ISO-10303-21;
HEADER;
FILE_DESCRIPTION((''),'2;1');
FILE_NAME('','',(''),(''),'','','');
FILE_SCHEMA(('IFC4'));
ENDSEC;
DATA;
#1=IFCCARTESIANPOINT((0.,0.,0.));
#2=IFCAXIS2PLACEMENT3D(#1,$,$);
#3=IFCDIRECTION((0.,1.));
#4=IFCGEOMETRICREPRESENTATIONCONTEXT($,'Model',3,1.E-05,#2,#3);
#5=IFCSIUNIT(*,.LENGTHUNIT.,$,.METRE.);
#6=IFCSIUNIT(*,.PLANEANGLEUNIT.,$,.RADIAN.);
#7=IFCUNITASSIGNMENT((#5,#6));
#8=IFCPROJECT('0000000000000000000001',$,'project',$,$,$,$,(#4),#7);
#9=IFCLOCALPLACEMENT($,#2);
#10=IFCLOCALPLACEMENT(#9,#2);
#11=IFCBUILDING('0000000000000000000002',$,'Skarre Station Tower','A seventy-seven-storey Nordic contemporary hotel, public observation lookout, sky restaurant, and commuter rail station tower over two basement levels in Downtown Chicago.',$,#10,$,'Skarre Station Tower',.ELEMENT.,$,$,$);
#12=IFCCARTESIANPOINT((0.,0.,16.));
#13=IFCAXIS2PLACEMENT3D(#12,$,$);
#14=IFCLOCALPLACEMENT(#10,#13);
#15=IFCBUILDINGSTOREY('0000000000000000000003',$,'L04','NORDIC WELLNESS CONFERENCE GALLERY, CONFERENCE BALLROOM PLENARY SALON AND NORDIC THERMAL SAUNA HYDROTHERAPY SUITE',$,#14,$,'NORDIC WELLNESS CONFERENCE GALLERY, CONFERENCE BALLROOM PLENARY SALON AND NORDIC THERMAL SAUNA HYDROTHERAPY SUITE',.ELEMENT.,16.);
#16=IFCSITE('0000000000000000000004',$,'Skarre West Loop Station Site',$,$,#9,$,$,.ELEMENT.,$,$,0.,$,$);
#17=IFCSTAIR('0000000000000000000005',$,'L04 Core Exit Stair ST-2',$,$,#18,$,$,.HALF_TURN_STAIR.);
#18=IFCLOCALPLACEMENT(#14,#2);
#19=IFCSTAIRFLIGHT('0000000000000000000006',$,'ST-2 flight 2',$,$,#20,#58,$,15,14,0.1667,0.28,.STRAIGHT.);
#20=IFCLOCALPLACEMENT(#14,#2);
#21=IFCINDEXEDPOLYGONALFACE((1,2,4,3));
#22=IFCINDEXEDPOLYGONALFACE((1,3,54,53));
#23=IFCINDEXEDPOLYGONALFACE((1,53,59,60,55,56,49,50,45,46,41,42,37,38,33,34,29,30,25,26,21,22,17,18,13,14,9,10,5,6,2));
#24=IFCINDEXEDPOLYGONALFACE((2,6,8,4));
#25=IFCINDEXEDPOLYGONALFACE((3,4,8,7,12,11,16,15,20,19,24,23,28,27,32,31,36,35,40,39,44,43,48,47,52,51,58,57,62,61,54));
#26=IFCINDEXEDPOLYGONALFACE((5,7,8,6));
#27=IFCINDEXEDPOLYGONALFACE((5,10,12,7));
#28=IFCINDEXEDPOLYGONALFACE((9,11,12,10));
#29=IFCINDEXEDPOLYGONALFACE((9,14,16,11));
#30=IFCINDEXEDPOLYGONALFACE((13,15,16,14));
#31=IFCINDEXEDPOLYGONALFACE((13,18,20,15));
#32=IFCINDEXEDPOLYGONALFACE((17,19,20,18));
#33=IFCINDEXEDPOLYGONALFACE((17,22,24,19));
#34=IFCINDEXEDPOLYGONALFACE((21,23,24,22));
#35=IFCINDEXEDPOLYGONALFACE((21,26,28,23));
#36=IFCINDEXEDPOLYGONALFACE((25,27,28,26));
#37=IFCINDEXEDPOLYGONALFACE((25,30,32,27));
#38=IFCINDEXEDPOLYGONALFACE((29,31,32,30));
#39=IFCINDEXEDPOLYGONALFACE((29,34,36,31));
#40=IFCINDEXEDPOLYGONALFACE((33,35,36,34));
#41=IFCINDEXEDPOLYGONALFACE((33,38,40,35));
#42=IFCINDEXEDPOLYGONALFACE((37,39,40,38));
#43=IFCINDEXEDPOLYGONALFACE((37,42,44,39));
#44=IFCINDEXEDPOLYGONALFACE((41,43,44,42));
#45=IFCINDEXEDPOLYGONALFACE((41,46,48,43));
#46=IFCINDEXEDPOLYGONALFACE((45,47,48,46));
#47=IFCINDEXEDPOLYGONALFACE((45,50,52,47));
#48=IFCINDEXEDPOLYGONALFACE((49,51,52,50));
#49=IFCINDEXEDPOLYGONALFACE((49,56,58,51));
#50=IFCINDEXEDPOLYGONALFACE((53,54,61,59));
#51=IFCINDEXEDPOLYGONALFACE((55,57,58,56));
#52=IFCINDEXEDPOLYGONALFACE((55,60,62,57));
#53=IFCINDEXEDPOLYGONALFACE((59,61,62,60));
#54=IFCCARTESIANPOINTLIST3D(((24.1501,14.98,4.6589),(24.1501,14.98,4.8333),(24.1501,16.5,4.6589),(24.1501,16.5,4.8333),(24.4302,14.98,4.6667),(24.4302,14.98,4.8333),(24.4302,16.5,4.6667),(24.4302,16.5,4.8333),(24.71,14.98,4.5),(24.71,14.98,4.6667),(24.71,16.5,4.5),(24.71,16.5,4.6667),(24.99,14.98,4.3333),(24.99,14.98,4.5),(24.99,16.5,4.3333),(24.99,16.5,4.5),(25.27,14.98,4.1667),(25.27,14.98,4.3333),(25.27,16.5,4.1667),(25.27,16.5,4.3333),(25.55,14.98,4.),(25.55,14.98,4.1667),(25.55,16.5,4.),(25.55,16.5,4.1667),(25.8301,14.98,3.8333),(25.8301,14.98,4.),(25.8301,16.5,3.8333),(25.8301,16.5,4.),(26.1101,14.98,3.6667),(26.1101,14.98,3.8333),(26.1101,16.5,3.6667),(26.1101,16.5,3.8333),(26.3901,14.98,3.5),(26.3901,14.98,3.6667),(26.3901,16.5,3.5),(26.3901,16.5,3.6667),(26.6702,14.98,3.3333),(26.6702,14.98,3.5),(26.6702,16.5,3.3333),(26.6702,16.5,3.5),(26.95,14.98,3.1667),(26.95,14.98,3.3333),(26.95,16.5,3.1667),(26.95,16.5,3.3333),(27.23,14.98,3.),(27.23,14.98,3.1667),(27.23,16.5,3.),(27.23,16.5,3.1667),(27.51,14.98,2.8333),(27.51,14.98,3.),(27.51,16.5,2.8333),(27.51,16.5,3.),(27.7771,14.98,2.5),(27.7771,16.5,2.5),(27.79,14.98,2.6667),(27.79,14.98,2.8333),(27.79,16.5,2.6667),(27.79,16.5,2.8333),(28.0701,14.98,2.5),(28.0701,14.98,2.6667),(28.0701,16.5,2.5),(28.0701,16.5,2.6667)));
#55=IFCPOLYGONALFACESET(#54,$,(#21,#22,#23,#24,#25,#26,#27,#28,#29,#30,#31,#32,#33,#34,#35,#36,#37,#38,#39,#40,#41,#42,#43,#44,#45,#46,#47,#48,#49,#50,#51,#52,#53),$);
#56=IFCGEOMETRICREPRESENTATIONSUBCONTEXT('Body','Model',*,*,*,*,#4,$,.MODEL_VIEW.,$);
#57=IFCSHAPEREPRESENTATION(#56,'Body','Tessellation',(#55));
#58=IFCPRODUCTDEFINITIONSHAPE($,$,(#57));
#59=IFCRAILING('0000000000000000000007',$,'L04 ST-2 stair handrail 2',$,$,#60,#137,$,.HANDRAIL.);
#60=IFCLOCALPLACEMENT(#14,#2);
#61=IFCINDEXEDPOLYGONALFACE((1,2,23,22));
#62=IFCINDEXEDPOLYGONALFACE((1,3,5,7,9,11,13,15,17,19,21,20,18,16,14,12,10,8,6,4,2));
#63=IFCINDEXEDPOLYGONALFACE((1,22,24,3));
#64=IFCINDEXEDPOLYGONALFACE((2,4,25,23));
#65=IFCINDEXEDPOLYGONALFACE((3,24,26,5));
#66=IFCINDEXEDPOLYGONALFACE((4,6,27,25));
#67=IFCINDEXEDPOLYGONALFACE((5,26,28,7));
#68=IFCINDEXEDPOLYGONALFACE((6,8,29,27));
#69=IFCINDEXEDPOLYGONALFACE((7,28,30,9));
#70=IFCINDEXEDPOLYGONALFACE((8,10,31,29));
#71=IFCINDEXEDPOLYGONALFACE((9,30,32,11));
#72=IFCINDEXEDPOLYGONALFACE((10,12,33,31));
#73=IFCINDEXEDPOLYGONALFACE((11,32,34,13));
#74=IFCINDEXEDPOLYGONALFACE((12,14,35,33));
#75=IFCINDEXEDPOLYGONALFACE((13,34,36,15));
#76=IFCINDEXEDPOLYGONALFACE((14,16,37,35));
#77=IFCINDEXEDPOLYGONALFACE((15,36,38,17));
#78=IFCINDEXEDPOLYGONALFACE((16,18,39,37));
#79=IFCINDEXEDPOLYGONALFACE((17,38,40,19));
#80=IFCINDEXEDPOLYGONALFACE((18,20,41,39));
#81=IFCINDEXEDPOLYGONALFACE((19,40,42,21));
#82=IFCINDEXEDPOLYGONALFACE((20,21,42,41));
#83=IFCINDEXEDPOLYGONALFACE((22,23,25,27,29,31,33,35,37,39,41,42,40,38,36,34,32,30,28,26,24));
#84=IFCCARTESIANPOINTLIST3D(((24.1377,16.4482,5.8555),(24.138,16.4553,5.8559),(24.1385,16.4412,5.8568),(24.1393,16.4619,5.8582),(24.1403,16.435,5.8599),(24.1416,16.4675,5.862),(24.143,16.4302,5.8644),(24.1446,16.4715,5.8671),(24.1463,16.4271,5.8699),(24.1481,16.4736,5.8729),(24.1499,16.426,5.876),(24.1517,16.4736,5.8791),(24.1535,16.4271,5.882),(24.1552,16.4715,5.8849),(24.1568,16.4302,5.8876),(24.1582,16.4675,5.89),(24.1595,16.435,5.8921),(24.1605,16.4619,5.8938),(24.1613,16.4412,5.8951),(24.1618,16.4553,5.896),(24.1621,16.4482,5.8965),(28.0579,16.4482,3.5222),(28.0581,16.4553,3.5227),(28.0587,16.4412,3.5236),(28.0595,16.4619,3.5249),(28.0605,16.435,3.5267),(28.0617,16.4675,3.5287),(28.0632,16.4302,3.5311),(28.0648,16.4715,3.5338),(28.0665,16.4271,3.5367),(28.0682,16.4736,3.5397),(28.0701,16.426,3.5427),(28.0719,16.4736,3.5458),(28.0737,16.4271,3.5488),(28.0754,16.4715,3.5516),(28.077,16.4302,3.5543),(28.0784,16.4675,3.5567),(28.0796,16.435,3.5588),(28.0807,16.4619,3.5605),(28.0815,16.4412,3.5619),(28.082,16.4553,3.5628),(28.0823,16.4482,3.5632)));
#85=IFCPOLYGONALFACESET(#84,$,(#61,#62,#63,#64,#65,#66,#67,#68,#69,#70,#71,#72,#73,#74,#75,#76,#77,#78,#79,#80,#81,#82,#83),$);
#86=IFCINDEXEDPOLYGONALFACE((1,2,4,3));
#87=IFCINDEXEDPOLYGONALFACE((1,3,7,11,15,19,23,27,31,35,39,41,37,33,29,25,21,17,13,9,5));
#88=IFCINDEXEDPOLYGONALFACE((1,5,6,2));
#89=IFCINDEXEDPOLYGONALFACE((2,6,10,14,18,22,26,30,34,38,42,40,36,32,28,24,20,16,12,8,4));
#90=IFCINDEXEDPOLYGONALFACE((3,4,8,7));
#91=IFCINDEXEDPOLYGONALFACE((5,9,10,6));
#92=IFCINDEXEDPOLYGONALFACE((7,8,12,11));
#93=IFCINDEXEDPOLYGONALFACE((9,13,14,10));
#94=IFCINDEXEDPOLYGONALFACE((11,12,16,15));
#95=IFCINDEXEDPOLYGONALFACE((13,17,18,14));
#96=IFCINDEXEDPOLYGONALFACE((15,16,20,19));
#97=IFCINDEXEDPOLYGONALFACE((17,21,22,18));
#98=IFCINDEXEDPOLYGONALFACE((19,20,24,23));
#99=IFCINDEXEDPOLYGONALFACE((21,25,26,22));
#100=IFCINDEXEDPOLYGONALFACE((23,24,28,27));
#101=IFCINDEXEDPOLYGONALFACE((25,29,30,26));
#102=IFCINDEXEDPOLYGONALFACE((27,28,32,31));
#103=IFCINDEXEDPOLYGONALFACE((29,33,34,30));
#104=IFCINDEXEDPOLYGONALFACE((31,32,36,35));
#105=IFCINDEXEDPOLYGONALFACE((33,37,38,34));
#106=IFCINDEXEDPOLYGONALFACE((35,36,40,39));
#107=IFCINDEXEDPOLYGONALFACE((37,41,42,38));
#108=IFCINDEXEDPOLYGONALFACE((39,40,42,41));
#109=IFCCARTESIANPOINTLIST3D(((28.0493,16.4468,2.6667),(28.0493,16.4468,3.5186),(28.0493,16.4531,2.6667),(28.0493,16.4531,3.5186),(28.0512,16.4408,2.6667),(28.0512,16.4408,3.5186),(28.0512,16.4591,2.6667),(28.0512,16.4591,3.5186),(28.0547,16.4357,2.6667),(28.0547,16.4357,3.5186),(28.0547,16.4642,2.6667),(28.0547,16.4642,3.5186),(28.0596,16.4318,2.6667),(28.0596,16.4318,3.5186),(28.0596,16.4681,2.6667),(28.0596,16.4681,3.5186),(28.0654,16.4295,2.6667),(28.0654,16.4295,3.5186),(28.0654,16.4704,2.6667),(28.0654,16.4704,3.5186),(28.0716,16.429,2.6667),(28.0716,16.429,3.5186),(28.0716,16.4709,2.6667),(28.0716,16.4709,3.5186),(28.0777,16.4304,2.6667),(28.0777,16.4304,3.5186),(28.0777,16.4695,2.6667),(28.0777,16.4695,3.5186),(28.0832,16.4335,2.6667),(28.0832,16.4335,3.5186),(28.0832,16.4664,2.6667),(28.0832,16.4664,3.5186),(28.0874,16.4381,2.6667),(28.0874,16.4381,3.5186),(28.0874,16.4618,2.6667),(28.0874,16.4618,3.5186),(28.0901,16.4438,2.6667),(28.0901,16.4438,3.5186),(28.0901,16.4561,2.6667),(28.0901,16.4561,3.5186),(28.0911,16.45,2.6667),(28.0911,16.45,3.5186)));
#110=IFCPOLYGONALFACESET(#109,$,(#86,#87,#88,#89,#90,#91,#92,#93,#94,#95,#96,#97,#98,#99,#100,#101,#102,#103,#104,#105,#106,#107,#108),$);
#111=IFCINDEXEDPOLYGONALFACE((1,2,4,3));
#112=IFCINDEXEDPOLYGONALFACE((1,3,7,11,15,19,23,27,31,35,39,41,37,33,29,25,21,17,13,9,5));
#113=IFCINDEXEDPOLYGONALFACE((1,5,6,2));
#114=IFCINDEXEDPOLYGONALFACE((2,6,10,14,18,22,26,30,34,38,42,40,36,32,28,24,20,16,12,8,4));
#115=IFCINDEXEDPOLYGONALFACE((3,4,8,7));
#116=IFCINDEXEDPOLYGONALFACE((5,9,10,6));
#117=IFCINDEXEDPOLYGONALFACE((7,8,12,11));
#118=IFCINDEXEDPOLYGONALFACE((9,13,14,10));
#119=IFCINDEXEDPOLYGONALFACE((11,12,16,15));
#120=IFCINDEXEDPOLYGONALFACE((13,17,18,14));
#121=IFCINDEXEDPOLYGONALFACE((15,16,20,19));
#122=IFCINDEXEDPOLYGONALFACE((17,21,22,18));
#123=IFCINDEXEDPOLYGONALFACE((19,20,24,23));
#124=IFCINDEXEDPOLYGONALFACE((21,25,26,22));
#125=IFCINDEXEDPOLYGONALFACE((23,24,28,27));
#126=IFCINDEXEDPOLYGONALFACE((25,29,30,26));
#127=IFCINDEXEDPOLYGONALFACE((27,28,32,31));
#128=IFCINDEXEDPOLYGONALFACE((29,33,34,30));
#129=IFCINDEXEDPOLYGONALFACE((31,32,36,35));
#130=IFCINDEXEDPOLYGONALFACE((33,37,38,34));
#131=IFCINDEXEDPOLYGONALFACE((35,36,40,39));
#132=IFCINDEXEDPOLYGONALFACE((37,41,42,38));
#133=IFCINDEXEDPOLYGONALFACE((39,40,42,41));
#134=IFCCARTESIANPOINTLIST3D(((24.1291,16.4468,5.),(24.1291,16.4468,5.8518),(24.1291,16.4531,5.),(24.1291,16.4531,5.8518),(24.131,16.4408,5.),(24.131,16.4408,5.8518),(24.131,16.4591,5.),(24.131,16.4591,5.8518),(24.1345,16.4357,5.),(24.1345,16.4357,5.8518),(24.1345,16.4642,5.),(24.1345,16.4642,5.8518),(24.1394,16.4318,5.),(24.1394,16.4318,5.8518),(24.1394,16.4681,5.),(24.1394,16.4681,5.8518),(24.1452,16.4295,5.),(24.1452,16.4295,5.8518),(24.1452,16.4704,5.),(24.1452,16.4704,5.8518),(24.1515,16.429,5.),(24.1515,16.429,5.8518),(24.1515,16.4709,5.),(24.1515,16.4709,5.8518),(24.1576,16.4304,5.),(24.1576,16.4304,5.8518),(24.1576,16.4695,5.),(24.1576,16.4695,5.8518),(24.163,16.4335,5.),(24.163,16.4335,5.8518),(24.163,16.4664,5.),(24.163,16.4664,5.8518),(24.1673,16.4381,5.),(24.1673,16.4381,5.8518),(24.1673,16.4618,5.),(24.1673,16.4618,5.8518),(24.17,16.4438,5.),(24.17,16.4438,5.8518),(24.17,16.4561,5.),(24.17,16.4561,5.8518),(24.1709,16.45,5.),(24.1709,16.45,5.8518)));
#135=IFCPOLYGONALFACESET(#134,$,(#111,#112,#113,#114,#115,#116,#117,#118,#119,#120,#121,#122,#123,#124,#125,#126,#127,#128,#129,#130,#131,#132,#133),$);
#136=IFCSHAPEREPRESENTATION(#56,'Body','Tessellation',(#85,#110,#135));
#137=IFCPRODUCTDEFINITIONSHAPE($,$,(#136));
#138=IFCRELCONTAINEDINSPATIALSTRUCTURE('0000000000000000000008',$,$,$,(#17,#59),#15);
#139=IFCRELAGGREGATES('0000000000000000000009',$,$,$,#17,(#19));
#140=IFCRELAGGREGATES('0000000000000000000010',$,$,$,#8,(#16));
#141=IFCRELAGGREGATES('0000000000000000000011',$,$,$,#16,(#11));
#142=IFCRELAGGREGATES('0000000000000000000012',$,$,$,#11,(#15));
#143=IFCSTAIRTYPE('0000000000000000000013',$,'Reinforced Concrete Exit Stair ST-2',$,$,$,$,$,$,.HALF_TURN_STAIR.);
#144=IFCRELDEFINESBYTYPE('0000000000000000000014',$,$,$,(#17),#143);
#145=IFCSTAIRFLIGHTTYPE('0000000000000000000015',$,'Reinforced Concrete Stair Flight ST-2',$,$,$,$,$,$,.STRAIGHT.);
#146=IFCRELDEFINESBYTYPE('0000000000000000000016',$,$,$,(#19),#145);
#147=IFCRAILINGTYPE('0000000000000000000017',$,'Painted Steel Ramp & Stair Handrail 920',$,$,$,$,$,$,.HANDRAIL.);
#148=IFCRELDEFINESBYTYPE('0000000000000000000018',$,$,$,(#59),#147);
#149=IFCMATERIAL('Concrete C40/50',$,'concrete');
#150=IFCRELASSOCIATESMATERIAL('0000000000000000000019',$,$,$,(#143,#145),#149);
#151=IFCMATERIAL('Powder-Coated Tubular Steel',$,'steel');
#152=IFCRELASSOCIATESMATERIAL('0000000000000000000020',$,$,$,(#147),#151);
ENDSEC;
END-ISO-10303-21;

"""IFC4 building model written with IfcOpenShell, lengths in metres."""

from ifc_helpers import new_model, si_unit, direction, frame, origin, origin_2d, place, context, subcontext, project, spatial, polyline, circle, outline, extrude, material, type_object, element, aggregate, save


model = new_model("IFC4")

# Units and contexts
model_context = context("Model", 3, precision=1e-05, world=origin(), true_north=direction((0.0, 1.0)))
body_context = subcontext(model_context, "Body", "Model", "MODEL_VIEW")
ifc_project = project(units=[si_unit("LENGTHUNIT", "METRE"), si_unit("PLANEANGLEUNIT", "RADIAN")], contexts=[model_context])

# Site, building, storey
site_placement = place(None, origin())
site = spatial("IfcSite", under=ifc_project, at=site_placement, Name="Skarre West Loop Station Site", CompositionType="ELEMENT", RefElevation=0.0)
building_placement = place(site_placement, origin())
building = spatial("IfcBuilding", under=site, at=building_placement, Name="Skarre Station Tower", Description="A seventy-seven-storey Nordic contemporary hotel, public observation lookout, sky restaurant, and commuter rail station tower over two basement levels in Downtown Chicago.", LongName="Skarre Station Tower", CompositionType="ELEMENT")
storey_placement = place(building_placement, frame((0.0, 0.0, 16.0)))
storey = spatial("IfcBuildingStorey", under=building, at=storey_placement, Name="L04", Description="NORDIC WELLNESS CONFERENCE GALLERY, CONFERENCE BALLROOM PLENARY SALON AND NORDIC THERMAL SAUNA HYDROTHERAPY SUITE", LongName="NORDIC WELLNESS CONFERENCE GALLERY, CONFERENCE BALLROOM PLENARY SALON AND NORDIC THERMAL SAUNA HYDROTHERAPY SUITE", CompositionType="ELEMENT", Elevation=16.0)

# Stair, stair flight
ifc_material_1 = material(Name="Concrete C40/50", Category="concrete")
stair_type = type_object("IfcStairType", Name="Reinforced Concrete Exit Stair ST-2", PredefinedType="HALF_TURN_STAIR", material=ifc_material_1)
stair_placement = place(storey_placement, origin())
stair = element("IfcStair", 1, at=stair_placement, inside=storey, type_object=stair_type, Name="L04 Core Exit Stair ST-2", PredefinedType="HALF_TURN_STAIR")
stair_flight_type = type_object("IfcStairFlightType", Name="Reinforced Concrete Stair Flight ST-2", PredefinedType="STRAIGHT", material=ifc_material_1)
stair_flight_placement = place(storey_placement, frame((28.0701, 15.74, 2.5), z_axis=(0.0, 0.0, 1.0), x_axis=(-1.0, 0.0, 0.0)))
stair_flight = element("IfcStairFlight", 2, at=stair_flight_placement, type_object=stair_flight_type, Name="ST-2 flight 2", NumberOfRisers=15, NumberOfTreads=14, PredefinedType="STRAIGHT", RiserHeight=0.1667, TreadLength=0.28, context=body_context, shape_type="SweptSolid", body=[
    extrude(outline(polyline([(0.0, 0.0), (0.0, 0.1667), (0.28, 0.1667), (0.28, 0.3333), (0.5601, 0.3333), (0.5601, 0.5), (0.8401, 0.5), (0.8401, 0.6667), (1.1201, 0.6667), (1.1201, 0.8333), (1.3999, 0.8333), (1.3999, 1.0), (1.6799, 1.0), (1.6799, 1.1667), (1.96, 1.1667), (1.96, 1.3333), (2.24, 1.3333), (2.24, 1.5), (2.52, 1.5), (2.52, 1.6667), (2.8, 1.6667), (2.8, 1.8333), (3.0801, 1.8333), (3.0801, 2.0), (3.3601, 2.0), (3.3601, 2.1667), (3.6399, 2.1667), (3.6399, 2.3333), (3.9199, 2.3333), (3.9199, 2.5), (3.9199, 2.1589), (0.293, 0.0), (0.0, 0.0)])), frame((0.0, 0.76, 0.0), z_axis=(0.0, -1.0, 0.0), x_axis=(1.0, 0.0, 0.0)), (0.0, 0.0, 1.0), 1.52),
])
aggregate(stair, [stair_flight])

# Railing
ifc_material_2 = material(Name="Powder-Coated Tubular Steel", Category="steel")
railing_type_1 = type_object("IfcRailingType", Name="Painted Steel Ramp & Stair Handrail 920", PredefinedType="HANDRAIL", material=ifc_material_2)
railing_1_placement = place(storey_placement, frame((28.0701, 16.45, 2.6667)))
element("IfcRailing", 3, at=railing_1_placement, inside=storey, type_object=railing_type_1, Name="L04 ST-2 stair handrail 2", PredefinedType="HANDRAIL", context=body_context, shape_type="SweptSolid", body=[
    extrude(circle(Radius=0.0239, at=origin_2d()), frame((0.0, 0.0, 0.876), z_axis=(-0.85931, 0.0, 0.511455), x_axis=(0.0, -1.0, 0.0)), (0.0, 0.0, 1.0), 4.562),
    extrude(circle(Radius=0.021, at=origin_2d()), origin(), (0.0, 0.0, 1.0), 0.8518),
    extrude(circle(Radius=0.021, at=origin_2d()), frame((-3.9202, 0.0, 2.3333)), (0.0, 0.0, 1.0), 0.8518),
])

save(model, "model.ifc")
